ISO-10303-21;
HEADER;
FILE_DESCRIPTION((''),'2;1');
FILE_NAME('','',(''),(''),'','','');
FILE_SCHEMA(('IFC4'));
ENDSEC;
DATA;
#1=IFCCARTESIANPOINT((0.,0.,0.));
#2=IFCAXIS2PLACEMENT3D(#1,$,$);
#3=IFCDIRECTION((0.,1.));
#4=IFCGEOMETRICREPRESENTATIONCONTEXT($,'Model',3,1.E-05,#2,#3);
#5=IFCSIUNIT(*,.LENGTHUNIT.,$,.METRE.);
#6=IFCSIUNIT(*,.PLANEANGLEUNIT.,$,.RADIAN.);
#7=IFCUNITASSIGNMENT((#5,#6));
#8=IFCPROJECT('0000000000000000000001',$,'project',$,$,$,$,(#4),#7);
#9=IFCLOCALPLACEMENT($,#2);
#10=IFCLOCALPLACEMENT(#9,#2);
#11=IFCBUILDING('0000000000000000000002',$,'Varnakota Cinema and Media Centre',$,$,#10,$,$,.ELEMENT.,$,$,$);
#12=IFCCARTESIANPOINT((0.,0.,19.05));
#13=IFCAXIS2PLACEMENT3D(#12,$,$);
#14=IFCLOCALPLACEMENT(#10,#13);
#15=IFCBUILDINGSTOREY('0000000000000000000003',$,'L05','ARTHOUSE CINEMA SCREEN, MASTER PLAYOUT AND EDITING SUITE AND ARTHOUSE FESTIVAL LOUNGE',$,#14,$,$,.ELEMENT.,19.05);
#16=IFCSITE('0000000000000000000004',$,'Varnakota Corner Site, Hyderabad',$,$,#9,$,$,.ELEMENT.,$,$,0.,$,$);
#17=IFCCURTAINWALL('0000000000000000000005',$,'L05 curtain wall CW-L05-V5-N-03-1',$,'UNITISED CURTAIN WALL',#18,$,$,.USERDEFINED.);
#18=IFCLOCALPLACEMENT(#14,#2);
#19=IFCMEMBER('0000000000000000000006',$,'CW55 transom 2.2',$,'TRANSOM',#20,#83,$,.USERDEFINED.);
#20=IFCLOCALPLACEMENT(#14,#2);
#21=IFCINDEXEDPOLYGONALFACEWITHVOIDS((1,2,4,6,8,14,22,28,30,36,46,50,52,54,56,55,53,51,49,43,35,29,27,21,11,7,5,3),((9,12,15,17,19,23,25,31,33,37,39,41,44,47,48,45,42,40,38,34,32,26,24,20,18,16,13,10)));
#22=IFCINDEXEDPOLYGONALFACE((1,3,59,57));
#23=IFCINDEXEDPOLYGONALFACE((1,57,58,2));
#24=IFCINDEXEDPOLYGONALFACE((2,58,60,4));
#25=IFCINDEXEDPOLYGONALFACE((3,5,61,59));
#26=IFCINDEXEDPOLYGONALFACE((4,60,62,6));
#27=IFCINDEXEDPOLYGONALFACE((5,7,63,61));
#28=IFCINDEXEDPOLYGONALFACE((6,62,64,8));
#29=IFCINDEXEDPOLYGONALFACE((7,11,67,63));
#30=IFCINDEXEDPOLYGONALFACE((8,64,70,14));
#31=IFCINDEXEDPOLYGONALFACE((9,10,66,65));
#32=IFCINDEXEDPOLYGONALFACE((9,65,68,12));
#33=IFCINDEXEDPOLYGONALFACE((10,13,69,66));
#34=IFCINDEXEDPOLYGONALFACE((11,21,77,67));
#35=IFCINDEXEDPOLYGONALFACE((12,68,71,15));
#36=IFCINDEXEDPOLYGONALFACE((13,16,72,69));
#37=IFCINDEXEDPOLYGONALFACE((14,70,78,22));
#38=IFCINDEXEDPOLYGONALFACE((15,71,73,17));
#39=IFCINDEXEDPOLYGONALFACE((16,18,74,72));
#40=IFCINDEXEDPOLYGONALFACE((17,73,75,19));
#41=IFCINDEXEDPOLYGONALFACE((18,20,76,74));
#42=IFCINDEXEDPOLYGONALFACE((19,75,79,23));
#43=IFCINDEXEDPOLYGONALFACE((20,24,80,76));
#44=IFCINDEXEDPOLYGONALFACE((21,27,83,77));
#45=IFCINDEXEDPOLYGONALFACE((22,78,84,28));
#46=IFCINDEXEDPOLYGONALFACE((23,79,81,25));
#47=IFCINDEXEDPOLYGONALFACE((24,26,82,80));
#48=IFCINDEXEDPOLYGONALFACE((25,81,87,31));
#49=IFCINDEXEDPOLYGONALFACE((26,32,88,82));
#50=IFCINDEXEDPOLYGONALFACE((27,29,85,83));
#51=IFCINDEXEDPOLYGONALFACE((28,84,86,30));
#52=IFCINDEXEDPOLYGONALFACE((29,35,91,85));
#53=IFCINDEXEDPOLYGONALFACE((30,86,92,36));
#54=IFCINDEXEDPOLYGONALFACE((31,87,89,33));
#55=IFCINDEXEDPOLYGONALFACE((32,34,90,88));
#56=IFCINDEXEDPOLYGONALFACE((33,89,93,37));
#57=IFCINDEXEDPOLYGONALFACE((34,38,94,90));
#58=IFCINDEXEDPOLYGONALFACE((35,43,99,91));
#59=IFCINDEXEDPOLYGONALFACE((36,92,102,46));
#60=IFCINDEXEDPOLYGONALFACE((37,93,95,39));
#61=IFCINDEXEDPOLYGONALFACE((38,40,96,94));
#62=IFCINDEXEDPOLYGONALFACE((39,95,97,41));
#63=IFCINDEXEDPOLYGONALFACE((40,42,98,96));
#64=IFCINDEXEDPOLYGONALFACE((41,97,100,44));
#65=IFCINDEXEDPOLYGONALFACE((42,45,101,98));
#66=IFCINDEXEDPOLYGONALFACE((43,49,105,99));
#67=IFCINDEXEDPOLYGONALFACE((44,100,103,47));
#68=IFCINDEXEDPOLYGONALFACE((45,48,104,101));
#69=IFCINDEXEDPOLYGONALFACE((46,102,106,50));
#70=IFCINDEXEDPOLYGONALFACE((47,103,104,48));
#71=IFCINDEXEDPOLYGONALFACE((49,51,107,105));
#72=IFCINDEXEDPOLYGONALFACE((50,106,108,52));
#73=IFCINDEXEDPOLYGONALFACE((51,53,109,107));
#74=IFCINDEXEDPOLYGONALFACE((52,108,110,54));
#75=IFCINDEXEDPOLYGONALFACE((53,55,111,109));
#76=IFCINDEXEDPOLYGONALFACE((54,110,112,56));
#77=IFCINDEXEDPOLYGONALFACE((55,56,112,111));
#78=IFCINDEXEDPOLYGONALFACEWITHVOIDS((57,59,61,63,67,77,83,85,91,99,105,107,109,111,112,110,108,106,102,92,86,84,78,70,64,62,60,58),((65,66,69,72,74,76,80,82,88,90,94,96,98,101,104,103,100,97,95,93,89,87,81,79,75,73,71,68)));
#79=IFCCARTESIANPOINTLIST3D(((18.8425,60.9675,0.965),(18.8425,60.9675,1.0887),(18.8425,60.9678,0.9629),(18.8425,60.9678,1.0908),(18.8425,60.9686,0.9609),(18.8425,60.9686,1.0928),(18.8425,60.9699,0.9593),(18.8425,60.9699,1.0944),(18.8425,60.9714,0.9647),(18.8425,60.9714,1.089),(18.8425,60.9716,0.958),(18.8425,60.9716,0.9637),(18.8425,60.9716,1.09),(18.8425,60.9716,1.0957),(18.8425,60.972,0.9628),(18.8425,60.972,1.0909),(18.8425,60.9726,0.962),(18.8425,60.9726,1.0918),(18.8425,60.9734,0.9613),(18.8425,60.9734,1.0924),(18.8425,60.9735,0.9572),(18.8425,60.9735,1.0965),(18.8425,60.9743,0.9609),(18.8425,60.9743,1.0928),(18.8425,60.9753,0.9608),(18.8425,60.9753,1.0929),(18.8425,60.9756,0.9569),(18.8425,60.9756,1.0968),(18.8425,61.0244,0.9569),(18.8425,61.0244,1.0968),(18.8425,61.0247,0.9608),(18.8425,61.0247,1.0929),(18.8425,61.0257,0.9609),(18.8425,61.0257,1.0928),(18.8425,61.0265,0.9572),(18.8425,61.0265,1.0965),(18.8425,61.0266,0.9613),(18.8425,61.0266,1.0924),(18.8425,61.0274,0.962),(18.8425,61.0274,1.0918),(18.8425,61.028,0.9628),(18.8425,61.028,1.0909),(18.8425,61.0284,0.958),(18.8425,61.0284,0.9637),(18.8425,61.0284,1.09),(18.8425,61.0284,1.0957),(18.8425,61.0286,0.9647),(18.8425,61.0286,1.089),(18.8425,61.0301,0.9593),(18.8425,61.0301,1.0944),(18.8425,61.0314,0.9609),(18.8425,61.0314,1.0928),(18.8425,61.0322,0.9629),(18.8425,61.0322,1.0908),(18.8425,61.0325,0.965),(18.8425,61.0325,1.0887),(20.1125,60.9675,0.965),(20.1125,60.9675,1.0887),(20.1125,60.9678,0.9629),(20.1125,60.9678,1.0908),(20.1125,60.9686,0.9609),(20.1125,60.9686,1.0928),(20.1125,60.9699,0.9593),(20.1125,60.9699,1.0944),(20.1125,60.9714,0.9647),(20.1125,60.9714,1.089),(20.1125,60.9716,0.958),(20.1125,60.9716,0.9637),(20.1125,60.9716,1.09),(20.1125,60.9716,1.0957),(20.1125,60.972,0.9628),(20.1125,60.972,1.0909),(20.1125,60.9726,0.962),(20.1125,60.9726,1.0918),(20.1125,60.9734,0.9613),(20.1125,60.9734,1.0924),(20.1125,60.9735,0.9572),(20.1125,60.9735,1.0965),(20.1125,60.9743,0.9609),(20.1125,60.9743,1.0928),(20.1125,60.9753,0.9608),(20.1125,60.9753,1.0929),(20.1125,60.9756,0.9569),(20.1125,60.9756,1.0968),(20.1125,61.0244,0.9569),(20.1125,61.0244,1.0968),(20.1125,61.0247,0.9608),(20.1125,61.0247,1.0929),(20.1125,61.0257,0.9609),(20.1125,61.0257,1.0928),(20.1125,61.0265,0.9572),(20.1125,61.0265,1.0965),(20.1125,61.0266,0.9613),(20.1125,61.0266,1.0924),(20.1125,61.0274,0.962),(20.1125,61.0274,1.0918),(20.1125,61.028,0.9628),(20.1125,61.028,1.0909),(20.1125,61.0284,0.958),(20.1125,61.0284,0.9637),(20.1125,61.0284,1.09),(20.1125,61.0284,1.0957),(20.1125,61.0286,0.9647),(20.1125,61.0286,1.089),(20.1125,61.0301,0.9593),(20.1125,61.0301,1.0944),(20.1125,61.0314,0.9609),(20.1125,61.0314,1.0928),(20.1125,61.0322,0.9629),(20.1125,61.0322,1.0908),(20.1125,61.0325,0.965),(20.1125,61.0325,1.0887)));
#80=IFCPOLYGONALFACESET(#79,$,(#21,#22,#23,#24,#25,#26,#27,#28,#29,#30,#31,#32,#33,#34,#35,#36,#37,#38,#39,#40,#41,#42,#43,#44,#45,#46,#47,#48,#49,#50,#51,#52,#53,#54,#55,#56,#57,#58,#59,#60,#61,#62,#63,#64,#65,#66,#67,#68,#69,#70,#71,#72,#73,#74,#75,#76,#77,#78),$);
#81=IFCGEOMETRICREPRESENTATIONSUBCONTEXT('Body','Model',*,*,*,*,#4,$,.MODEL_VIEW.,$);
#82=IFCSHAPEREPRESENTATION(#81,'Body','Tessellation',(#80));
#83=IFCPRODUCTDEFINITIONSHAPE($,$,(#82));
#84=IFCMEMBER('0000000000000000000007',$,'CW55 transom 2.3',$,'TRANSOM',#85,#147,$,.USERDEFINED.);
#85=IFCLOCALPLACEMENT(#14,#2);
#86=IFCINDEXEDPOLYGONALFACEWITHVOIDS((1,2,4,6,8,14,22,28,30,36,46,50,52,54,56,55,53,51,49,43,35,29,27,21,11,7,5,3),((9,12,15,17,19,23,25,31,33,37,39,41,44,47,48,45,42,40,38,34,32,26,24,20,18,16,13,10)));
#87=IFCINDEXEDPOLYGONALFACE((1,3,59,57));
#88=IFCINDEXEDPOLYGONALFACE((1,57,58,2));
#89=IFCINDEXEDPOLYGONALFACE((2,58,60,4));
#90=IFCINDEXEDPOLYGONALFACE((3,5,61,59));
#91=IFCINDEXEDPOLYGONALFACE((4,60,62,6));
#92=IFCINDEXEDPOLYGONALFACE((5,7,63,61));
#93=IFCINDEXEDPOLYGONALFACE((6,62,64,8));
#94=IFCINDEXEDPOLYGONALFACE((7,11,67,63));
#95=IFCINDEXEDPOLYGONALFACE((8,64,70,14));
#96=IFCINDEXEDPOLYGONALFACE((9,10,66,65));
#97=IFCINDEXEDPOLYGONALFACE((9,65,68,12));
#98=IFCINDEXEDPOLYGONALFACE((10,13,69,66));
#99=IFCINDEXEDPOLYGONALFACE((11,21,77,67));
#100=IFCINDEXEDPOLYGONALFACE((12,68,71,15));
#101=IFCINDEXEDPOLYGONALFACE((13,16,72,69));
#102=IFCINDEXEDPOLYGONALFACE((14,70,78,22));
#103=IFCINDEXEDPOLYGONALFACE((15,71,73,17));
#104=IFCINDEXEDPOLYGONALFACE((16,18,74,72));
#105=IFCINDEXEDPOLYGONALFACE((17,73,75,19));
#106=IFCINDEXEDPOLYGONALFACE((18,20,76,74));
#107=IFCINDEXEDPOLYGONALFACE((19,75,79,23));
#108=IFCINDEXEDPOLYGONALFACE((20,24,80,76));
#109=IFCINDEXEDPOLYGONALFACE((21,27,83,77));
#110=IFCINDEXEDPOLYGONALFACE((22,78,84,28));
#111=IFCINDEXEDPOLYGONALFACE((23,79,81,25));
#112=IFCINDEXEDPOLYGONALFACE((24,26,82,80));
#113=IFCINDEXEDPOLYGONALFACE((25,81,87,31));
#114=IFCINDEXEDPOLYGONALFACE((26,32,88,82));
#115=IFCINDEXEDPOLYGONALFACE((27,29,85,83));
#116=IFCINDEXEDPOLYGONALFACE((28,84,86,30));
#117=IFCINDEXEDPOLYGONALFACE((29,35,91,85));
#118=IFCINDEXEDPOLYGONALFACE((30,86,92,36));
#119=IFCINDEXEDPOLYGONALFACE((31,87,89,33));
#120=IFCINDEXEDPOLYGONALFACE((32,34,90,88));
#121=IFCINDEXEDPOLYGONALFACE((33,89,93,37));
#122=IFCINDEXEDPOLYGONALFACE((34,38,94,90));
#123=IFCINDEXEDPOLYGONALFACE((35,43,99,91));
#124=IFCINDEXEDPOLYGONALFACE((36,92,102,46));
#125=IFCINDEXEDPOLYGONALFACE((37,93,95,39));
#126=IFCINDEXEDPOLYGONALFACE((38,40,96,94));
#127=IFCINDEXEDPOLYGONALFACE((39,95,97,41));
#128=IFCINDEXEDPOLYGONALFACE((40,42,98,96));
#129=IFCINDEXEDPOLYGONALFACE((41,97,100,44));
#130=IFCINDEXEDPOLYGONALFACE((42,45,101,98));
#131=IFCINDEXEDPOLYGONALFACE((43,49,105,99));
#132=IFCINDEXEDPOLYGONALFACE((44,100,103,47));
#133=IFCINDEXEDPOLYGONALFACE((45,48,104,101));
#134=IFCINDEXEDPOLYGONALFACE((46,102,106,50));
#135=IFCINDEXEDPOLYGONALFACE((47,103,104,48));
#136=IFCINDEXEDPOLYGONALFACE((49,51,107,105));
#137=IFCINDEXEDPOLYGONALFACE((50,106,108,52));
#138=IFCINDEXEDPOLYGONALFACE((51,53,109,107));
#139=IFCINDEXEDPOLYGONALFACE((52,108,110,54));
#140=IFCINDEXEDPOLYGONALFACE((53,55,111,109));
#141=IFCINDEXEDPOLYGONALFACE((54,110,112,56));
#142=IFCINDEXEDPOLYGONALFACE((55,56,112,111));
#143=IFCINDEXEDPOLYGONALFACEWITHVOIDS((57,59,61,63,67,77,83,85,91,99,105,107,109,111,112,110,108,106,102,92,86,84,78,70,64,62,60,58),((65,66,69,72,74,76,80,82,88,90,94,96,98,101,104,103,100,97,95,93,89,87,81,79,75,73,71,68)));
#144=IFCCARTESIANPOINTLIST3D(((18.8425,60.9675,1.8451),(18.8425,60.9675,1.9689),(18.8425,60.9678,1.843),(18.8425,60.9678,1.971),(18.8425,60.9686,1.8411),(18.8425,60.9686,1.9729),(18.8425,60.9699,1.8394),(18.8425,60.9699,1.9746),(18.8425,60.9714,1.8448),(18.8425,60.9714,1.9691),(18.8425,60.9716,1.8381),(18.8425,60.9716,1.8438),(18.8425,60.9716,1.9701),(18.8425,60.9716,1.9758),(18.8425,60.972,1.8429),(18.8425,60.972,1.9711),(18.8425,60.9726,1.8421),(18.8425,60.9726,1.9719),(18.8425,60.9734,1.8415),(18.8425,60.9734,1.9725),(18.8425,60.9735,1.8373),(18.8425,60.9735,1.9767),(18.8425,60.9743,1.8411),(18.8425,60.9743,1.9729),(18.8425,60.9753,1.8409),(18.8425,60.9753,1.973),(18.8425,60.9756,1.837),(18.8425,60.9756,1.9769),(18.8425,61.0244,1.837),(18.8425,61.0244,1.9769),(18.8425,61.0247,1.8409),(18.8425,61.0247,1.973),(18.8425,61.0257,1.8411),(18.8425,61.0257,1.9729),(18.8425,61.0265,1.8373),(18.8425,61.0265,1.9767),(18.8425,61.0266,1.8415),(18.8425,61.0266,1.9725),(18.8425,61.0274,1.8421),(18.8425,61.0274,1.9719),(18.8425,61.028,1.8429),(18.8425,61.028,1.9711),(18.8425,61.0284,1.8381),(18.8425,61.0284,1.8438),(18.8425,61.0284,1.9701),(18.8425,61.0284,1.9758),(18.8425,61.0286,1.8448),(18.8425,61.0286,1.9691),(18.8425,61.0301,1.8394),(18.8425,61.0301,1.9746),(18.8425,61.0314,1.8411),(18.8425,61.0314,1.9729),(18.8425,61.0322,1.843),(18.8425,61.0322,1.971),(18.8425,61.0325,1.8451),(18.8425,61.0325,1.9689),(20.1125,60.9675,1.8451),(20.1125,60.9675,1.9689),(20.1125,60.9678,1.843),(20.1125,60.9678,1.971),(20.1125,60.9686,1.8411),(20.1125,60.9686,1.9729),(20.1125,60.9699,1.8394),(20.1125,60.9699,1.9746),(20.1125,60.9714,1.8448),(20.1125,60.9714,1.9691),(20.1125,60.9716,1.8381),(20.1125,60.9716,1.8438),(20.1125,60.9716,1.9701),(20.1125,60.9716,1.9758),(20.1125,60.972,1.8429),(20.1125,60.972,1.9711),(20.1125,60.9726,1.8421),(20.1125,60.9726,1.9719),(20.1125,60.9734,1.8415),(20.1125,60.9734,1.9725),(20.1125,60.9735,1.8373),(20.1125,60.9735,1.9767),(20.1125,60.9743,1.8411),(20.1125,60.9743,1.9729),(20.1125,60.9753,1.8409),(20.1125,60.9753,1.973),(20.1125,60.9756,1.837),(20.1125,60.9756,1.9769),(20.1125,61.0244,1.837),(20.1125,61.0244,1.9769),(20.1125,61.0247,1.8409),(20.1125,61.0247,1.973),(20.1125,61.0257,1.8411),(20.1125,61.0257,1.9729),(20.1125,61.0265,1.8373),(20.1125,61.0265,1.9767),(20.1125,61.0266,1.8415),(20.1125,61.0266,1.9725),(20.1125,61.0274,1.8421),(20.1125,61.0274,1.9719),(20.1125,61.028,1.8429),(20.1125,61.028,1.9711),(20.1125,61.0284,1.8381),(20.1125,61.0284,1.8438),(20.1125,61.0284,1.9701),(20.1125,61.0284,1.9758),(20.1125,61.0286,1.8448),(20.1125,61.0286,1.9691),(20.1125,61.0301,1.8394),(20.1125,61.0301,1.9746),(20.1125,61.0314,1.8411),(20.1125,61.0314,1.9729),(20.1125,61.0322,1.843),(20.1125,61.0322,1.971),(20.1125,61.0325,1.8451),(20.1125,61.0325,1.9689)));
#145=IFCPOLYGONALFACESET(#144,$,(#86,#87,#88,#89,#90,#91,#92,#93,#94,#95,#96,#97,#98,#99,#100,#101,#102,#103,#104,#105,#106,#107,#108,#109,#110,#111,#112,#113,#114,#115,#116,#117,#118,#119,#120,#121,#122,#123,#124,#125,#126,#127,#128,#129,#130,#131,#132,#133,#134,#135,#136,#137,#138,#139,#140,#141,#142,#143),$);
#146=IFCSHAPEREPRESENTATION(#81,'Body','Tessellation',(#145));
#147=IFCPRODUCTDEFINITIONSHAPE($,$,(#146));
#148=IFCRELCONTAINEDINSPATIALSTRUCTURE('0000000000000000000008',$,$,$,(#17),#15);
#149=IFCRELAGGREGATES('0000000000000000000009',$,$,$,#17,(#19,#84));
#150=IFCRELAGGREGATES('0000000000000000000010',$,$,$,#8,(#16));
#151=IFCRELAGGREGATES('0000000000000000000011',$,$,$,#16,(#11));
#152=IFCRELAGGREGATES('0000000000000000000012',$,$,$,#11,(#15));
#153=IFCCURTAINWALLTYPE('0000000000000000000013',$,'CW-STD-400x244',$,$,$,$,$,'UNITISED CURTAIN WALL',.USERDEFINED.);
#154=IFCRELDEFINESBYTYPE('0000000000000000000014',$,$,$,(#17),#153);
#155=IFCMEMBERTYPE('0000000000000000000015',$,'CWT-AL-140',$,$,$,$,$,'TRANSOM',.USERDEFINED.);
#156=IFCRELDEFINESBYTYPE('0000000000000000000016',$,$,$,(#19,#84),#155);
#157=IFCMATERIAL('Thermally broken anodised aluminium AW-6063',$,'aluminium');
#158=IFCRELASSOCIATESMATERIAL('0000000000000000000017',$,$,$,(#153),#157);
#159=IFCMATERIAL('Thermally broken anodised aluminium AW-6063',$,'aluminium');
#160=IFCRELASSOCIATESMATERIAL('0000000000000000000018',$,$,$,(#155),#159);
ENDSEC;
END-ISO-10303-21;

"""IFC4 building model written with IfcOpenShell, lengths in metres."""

from ifc_helpers import new_model, si_unit, direction, frame, origin, origin_2d, place, context, subcontext, project, spatial, hollow_rectangle, extrude, material, material_profile, profile_set, type_object, element, aggregate, save


model = new_model("IFC4")

# Units and contexts
model_context = context("Model", 3, precision=1e-05, world=origin(), true_north=direction((0.0, 1.0)))
body_context = subcontext(model_context, "Body", "Model", "MODEL_VIEW")
ifc_project = project(units=[si_unit("LENGTHUNIT", "METRE"), si_unit("PLANEANGLEUNIT", "RADIAN")], contexts=[model_context])

# Site, building, storey
site_placement = place(None, origin())
site = spatial("IfcSite", under=ifc_project, at=site_placement, Name="Varnakota Corner Site, Hyderabad", CompositionType="ELEMENT", RefElevation=0.0)
building_placement = place(site_placement, origin())
building = spatial("IfcBuilding", under=site, at=building_placement, Name="Varnakota Cinema and Media Centre", CompositionType="ELEMENT")
storey_placement = place(building_placement, frame((0.0, 0.0, 19.05)))
storey = spatial("IfcBuildingStorey", under=building, at=storey_placement, Name="L05", Description="ARTHOUSE CINEMA SCREEN, MASTER PLAYOUT AND EDITING SUITE AND ARTHOUSE FESTIVAL LOUNGE", CompositionType="ELEMENT", Elevation=19.05)

# Curtain wall, members
ifc_material_1 = material(Name="Thermally broken anodised aluminium AW-6063", Category="aluminium")
curtain_wall_type = type_object("IfcCurtainWallType", Name="CW-STD-400x244", ElementType="UNITISED CURTAIN WALL", PredefinedType="USERDEFINED", material=ifc_material_1)
curtain_wall_placement = place(storey_placement, origin())
curtain_wall = element("IfcCurtainWall", 1, at=curtain_wall_placement, inside=storey, type_object=curtain_wall_type, Name="L05 curtain wall CW-L05-V5-N-03-1", ObjectType="UNITISED CURTAIN WALL", PredefinedType="USERDEFINED")
ifc_material_2 = material(Name="Thermally broken anodised aluminium AW-6063", Category="aluminium")
ifc_material_profile_1 = material_profile(ifc_material_2, hollow_rectangle(XDim=0.0649, YDim=0.1399, WallThickness=0.0039, InnerFilletRadius=0.0039, OuterFilletRadius=0.0081, at=origin_2d()), Name="AL-TRANSOM 140x65x4")
ifc_profile_set_1 = profile_set([ifc_material_profile_1], Name="Thermally broken anodised aluminium AW-6063")
member_type_1 = type_object("IfcMemberType", Name="CWT-AL-140", ElementType="TRANSOM", PredefinedType="USERDEFINED", material=ifc_profile_set_1)
member_1_placement = place(storey_placement, frame((18.8425, 61.0, 1.0269), z_axis=(1.0, 0.0, 0.0), x_axis=(0.0, 1.0, 0.0)))
member_1 = element("IfcMember", 2, at=member_1_placement, type_object=member_type_1, Name="CW55 transom 2.2", ObjectType="TRANSOM", PredefinedType="USERDEFINED", context=body_context, shape_type="SweptSolid", body=[
    extrude(hollow_rectangle(XDim=0.0649, YDim=0.1399, WallThickness=0.0039, InnerFilletRadius=0.0039, OuterFilletRadius=0.0081, at=origin_2d()), origin(), (0.0, 0.0, 1.0), 1.27),
])
member_2_placement = place(storey_placement, frame((18.8425, 61.0, 1.907), z_axis=(1.0, 0.0, 0.0), x_axis=(0.0, 1.0, 0.0)))
member_2 = element("IfcMember", 3, at=member_2_placement, type_object=member_type_1, Name="CW55 transom 2.3", ObjectType="TRANSOM", PredefinedType="USERDEFINED", context=body_context, shape_type="SweptSolid", body=[
    extrude(hollow_rectangle(XDim=0.0649, YDim=0.1399, WallThickness=0.0039, InnerFilletRadius=0.0039, OuterFilletRadius=0.0081, at=origin_2d()), origin(), (0.0, 0.0, 1.0), 1.27),
])
aggregate(curtain_wall, [member_1, member_2])

save(model, "model.ifc")
